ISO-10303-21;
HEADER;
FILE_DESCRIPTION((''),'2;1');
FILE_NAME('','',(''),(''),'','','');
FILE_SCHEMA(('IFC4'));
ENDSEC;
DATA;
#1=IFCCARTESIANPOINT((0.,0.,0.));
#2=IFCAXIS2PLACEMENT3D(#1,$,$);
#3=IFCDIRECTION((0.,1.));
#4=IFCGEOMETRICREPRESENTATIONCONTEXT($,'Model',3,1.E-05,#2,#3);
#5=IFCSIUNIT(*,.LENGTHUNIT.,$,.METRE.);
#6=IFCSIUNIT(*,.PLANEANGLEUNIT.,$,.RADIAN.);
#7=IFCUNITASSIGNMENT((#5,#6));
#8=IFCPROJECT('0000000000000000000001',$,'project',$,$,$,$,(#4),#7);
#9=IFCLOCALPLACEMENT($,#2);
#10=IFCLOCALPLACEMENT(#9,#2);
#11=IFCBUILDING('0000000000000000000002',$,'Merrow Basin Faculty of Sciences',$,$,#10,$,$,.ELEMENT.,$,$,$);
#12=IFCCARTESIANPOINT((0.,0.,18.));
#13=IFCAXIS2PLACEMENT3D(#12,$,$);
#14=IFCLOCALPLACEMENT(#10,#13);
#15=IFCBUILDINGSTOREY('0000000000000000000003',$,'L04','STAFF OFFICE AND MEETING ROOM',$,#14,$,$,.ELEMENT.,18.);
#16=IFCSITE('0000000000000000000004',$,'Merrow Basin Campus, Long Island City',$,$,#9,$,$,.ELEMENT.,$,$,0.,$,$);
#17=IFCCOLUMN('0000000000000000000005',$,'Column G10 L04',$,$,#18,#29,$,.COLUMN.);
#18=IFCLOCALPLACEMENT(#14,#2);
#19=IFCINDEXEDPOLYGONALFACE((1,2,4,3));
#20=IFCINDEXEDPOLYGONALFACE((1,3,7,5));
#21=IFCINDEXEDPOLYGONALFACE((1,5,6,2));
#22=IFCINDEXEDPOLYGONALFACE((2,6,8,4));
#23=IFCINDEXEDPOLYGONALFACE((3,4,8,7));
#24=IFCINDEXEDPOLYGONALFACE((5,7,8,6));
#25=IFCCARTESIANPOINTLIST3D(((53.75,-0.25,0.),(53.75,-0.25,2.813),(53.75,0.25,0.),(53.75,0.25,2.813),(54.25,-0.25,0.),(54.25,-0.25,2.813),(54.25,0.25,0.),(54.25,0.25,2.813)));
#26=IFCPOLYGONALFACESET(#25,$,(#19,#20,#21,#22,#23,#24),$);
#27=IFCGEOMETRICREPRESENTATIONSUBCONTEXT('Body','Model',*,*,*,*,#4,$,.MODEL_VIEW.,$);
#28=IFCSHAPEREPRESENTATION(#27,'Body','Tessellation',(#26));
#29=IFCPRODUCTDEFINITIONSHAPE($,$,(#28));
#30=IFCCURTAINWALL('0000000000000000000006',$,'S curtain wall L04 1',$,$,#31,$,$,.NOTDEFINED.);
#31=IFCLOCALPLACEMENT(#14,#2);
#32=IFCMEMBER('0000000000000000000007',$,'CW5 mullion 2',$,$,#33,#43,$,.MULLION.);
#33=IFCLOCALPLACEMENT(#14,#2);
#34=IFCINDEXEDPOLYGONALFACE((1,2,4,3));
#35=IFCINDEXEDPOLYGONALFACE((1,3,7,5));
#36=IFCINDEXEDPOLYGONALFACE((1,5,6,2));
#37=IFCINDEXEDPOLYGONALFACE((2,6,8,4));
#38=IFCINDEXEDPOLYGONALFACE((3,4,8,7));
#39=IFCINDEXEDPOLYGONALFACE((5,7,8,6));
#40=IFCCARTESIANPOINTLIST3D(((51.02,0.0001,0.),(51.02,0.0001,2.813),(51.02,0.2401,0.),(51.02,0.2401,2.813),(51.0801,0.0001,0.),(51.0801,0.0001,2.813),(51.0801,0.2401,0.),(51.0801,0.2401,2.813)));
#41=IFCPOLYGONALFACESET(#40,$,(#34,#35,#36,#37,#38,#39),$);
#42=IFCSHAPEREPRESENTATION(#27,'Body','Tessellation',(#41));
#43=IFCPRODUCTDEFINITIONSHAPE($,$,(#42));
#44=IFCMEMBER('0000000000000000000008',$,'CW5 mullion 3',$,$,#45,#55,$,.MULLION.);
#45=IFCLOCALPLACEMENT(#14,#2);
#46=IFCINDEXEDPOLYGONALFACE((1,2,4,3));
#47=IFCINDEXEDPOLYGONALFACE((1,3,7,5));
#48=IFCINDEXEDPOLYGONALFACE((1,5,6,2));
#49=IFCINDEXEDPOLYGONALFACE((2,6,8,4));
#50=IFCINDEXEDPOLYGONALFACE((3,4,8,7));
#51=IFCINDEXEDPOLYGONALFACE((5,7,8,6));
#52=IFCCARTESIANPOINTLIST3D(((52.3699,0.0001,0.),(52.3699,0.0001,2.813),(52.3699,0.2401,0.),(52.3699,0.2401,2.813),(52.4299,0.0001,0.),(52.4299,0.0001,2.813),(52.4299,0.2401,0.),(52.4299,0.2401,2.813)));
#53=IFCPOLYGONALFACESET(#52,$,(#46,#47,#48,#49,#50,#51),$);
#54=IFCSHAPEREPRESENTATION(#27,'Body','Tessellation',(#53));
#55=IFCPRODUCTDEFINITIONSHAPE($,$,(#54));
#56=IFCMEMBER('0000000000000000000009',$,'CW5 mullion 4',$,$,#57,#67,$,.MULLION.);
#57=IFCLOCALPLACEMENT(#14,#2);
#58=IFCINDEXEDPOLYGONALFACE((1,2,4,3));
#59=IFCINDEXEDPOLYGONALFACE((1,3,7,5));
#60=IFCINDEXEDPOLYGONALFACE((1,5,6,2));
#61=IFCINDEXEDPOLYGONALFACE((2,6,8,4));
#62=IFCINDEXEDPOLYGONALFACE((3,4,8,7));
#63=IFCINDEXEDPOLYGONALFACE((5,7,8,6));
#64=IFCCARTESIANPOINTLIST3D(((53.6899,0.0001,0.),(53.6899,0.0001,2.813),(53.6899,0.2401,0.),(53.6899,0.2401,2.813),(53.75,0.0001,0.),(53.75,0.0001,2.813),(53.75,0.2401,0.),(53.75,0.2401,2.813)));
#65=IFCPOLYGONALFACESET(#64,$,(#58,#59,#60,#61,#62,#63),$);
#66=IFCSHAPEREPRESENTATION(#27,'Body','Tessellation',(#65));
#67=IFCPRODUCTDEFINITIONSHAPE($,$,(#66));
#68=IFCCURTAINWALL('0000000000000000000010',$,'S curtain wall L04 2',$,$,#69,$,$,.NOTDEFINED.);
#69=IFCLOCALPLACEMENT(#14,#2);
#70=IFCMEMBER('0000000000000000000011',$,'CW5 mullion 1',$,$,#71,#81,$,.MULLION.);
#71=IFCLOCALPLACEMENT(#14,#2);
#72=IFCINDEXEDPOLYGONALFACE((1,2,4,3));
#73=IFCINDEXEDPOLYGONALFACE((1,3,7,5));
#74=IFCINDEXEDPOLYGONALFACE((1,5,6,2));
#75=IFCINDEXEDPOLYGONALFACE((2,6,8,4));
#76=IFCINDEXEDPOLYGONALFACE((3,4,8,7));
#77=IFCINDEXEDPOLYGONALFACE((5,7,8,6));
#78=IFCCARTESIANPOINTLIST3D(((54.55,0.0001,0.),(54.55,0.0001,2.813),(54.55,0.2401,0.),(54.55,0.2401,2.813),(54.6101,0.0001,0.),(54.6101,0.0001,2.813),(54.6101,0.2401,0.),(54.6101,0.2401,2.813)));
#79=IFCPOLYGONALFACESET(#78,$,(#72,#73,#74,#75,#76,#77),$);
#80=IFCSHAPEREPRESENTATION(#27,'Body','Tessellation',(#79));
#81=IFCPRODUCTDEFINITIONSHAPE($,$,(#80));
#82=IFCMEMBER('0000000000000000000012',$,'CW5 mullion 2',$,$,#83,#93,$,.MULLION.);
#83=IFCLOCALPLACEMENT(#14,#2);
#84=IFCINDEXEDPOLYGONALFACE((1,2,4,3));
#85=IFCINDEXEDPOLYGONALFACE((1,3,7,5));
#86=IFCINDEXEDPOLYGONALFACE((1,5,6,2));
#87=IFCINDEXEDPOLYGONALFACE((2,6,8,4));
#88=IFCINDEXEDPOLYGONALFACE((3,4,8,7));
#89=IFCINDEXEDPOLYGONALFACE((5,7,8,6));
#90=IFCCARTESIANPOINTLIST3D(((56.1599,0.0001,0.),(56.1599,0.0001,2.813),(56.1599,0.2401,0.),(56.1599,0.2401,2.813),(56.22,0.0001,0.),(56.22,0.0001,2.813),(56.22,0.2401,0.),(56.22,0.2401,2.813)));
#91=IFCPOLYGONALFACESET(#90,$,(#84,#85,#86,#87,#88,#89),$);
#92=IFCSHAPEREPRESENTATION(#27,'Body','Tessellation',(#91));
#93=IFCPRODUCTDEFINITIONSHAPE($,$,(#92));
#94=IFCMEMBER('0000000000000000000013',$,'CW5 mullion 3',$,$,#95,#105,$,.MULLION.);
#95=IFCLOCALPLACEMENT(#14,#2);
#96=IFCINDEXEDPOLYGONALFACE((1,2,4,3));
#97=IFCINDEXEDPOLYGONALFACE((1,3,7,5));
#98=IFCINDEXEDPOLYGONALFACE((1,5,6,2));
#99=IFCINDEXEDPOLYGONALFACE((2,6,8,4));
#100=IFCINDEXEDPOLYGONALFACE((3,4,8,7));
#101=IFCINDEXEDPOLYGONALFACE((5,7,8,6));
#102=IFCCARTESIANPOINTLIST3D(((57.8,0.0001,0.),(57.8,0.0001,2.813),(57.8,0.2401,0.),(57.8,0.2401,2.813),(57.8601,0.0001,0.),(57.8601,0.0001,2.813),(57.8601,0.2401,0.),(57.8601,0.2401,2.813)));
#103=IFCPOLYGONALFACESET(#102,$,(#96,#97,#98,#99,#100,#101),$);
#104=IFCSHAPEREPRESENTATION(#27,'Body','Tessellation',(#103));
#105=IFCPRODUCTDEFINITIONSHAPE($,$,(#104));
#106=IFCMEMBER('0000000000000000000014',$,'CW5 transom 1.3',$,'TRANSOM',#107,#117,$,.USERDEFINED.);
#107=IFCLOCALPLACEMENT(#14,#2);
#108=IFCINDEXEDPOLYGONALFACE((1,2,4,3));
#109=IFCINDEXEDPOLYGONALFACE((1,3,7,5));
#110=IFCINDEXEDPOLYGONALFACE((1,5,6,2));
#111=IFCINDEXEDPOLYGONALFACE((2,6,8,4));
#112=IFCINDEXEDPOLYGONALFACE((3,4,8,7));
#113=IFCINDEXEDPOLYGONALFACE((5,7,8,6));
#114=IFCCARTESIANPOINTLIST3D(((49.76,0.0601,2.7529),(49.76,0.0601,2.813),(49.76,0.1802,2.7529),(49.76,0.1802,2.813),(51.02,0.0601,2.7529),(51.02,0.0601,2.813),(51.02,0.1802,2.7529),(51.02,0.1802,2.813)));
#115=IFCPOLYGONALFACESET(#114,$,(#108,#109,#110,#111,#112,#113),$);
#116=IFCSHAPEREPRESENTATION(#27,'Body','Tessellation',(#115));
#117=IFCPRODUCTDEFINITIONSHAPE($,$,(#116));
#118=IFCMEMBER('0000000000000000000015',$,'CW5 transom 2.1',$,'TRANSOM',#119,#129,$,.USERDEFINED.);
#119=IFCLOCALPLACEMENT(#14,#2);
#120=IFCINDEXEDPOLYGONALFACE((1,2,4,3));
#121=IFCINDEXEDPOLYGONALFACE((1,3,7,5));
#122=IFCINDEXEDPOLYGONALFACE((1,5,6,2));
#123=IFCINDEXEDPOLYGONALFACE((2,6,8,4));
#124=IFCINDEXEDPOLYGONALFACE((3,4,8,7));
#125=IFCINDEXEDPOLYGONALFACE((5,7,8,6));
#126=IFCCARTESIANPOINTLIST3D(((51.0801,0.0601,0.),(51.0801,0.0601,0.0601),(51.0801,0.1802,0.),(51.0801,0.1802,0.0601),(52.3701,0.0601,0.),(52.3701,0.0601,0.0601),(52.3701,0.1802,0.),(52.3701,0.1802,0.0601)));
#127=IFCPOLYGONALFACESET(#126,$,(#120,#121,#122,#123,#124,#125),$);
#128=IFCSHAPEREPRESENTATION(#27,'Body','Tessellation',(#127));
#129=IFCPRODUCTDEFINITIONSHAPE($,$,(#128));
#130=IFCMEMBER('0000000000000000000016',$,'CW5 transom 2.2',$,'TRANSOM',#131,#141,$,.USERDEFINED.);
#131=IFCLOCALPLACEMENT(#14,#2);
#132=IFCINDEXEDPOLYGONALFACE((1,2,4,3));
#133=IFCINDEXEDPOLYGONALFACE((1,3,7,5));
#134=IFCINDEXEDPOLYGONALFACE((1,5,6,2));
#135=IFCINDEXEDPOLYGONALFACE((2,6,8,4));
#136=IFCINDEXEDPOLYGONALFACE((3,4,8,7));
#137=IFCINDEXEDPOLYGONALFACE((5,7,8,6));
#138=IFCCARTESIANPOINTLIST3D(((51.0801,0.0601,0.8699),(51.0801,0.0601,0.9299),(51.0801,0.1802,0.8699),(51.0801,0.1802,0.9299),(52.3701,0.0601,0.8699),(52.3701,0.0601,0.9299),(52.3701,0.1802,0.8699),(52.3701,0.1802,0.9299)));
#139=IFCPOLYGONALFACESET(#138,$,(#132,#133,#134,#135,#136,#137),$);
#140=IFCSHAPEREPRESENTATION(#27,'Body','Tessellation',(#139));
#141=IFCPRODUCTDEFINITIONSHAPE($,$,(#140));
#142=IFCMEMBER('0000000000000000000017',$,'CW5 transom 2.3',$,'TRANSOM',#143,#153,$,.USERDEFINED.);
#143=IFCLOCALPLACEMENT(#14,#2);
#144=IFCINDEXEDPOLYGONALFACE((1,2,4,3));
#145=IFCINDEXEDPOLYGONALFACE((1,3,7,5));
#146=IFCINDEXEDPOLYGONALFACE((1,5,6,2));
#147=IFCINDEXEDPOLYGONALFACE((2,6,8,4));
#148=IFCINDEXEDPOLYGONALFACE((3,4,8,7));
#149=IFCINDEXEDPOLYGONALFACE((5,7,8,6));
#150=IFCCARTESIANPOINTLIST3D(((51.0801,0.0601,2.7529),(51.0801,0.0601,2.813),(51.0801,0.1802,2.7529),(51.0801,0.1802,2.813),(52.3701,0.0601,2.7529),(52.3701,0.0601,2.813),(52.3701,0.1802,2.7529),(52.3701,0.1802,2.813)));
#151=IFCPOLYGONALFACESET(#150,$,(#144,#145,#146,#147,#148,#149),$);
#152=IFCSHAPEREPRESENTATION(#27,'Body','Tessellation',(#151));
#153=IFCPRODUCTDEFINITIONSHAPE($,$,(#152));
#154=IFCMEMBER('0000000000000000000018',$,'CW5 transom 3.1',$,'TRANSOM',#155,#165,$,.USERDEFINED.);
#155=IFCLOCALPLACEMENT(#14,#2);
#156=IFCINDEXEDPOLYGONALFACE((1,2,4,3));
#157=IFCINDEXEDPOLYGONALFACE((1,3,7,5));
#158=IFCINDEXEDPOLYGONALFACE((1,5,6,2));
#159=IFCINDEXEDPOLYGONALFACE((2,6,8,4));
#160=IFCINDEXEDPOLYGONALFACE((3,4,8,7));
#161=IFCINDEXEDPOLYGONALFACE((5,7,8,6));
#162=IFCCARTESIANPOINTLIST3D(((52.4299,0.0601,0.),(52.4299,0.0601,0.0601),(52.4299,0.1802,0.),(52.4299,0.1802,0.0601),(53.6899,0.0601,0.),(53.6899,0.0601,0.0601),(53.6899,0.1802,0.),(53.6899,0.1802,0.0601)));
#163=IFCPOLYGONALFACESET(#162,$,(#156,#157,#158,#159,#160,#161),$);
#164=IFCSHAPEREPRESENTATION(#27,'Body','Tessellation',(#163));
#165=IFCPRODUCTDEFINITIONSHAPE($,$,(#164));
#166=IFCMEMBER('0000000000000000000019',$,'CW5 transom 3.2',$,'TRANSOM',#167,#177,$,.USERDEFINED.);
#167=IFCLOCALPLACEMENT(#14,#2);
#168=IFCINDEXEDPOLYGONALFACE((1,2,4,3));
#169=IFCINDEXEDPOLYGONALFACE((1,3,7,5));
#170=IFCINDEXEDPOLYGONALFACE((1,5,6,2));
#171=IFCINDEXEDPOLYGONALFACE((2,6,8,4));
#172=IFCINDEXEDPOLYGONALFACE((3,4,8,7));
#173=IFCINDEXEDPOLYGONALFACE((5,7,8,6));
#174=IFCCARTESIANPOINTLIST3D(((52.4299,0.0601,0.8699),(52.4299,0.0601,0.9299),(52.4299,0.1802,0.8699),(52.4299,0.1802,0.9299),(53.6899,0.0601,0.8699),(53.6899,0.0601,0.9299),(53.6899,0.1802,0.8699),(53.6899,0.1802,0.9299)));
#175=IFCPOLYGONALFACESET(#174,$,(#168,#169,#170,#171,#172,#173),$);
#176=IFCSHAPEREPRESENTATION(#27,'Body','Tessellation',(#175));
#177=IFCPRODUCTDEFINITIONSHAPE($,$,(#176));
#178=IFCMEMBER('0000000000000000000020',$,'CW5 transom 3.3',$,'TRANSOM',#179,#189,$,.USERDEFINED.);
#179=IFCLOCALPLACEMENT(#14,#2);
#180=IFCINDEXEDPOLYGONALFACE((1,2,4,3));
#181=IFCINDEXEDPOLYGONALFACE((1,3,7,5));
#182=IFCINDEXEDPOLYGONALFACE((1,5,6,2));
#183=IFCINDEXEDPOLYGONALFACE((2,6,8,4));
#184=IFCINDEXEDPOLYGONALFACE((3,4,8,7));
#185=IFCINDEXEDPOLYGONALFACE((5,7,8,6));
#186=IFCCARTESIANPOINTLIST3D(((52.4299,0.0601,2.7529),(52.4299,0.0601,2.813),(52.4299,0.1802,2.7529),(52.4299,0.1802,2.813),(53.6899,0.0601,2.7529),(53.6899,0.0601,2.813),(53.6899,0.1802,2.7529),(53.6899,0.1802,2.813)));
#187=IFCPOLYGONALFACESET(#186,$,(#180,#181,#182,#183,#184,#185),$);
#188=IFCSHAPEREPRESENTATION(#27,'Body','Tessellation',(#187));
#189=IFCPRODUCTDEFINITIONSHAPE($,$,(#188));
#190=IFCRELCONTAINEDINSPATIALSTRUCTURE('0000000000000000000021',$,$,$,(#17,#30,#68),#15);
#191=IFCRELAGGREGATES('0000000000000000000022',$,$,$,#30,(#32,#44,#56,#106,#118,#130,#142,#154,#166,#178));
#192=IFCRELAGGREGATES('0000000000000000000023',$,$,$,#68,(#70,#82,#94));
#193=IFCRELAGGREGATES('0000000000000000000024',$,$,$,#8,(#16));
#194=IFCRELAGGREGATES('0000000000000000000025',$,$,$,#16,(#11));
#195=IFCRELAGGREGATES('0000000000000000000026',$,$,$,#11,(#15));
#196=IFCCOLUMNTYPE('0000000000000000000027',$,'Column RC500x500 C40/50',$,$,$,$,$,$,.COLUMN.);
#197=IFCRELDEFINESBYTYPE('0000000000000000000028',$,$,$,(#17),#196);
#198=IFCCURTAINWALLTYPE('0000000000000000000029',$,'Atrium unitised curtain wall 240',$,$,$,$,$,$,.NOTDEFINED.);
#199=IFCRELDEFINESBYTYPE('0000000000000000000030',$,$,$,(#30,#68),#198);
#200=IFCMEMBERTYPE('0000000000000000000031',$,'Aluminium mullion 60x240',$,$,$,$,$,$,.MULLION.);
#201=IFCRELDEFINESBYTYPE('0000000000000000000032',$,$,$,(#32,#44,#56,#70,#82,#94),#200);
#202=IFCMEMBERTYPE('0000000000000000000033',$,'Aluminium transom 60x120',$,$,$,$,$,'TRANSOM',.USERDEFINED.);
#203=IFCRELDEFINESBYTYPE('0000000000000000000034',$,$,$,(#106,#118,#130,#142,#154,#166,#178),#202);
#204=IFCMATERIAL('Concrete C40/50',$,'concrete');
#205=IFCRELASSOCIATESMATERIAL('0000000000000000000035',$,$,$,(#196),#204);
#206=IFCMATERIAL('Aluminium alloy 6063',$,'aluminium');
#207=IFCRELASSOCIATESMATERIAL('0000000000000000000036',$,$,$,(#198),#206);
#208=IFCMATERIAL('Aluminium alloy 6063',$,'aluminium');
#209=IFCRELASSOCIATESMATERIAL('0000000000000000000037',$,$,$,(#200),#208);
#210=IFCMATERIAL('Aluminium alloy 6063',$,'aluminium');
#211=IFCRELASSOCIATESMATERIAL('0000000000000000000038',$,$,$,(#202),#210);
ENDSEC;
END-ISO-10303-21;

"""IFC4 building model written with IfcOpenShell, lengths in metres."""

from ifc_helpers import new_model, si_unit, direction, frame, origin, origin_2d, place, context, subcontext, project, spatial, rectangle, extrude, material, material_profile, profile_set, type_object, element, aggregate, save


model = new_model("IFC4")

# Units and contexts
model_context = context("Model", 3, precision=1e-05, world=origin(), true_north=direction((0.0, 1.0)))
body_context = subcontext(model_context, "Body", "Model", "MODEL_VIEW")
ifc_project = project(units=[si_unit("LENGTHUNIT", "METRE"), si_unit("PLANEANGLEUNIT", "RADIAN")], contexts=[model_context])

# Site, building, storey
site_placement = place(None, origin())
site = spatial("IfcSite", under=ifc_project, at=site_placement, Name="Merrow Basin Campus, Long Island City", CompositionType="ELEMENT", RefElevation=0.0)
building_placement = place(site_placement, origin())
building = spatial("IfcBuilding", under=site, at=building_placement, Name="Merrow Basin Faculty of Sciences", CompositionType="ELEMENT")
storey_placement = place(building_placement, frame((0.0, 0.0, 18.0)))
storey = spatial("IfcBuildingStorey", under=building, at=storey_placement, Name="L04", Description="STAFF OFFICE AND MEETING ROOM", CompositionType="ELEMENT", Elevation=18.0)

# Column
ifc_material_1 = material(Name="Concrete C40/50", Category="concrete")
ifc_material_profile_1 = material_profile(ifc_material_1, rectangle(XDim=0.5, YDim=0.5, at=origin_2d()))
ifc_profile_set_1 = profile_set([ifc_material_profile_1], Name="Concrete C40/50")
column_type = type_object("IfcColumnType", Name="Column RC500x500 C40/50", PredefinedType="COLUMN", material=ifc_profile_set_1)
column_placement = place(storey_placement, frame((54.0, 0.0, 0.0), z_axis=(0.0, 0.0, 1.0), x_axis=(1.0, 0.0, 0.0)))
element("IfcColumn", 1, at=column_placement, inside=storey, type_object=column_type, Name="Column G10 L04", PredefinedType="COLUMN", context=body_context, shape_type="SweptSolid", body=[
    extrude(rectangle(XDim=0.5, YDim=0.5, at=origin_2d()), origin(), (0.0, 0.0, 1.0), 2.813),
])

# Curtain walls, members
ifc_material_2 = material(Name="Aluminium alloy 6063", Category="aluminium")
curtain_wall_type = type_object("IfcCurtainWallType", Name="Atrium unitised curtain wall 240", PredefinedType="NOTDEFINED", material=ifc_material_2)
curtain_wall_1_placement = place(storey_placement, origin())
curtain_wall_1 = element("IfcCurtainWall", 2, at=curtain_wall_1_placement, inside=storey, type_object=curtain_wall_type, Name="S curtain wall L04 1", PredefinedType="NOTDEFINED")
ifc_material_3 = material(Name="Aluminium alloy 6063", Category="aluminium")
ifc_material_profile_2 = material_profile(ifc_material_3, rectangle(XDim=0.24, YDim=0.0601, at=origin_2d()))
ifc_profile_set_2 = profile_set([ifc_material_profile_2], Name="Aluminium alloy 6063")
member_type_1 = type_object("IfcMemberType", Name="Aluminium mullion 60x240", PredefinedType="MULLION", material=ifc_profile_set_2)
member_1_placement = place(storey_placement, frame((51.05, 0.1201, 0.0), z_axis=(0.0, 0.0, 1.0), x_axis=(0.0, 1.0, 0.0)))
member_1 = element("IfcMember", 3, at=member_1_placement, type_object=member_type_1, Name="CW5 mullion 2", PredefinedType="MULLION", context=body_context, shape_type="SweptSolid", body=[
    extrude(rectangle(XDim=0.24, YDim=0.0601, at=origin_2d()), origin(), (0.0, 0.0, 1.0), 2.813),
])
member_2_placement = place(storey_placement, frame((52.3999, 0.1201, 0.0), z_axis=(0.0, 0.0, 1.0), x_axis=(0.0, 1.0, 0.0)))
member_2 = element("IfcMember", 4, at=member_2_placement, type_object=member_type_1, Name="CW5 mullion 3", PredefinedType="MULLION", context=body_context, shape_type="SweptSolid", body=[
    extrude(rectangle(XDim=0.24, YDim=0.0601, at=origin_2d()), origin(), (0.0, 0.0, 1.0), 2.813),
])
member_3_placement = place(storey_placement, frame((53.72, 0.1201, 0.0), z_axis=(0.0, 0.0, 1.0), x_axis=(0.0, 1.0, 0.0)))
member_3 = element("IfcMember", 5, at=member_3_placement, type_object=member_type_1, Name="CW5 mullion 4", PredefinedType="MULLION", context=body_context, shape_type="SweptSolid", body=[
    extrude(rectangle(XDim=0.24, YDim=0.0601, at=origin_2d()), origin(), (0.0, 0.0, 1.0), 2.813),
])
curtain_wall_2_placement = place(storey_placement, origin())
curtain_wall_2 = element("IfcCurtainWall", 6, at=curtain_wall_2_placement, inside=storey, type_object=curtain_wall_type, Name="S curtain wall L04 2", PredefinedType="NOTDEFINED")
member_4_placement = place(storey_placement, frame((54.5801, 0.1201, 0.0), z_axis=(0.0, 0.0, 1.0), x_axis=(0.0, 1.0, 0.0)))
member_4 = element("IfcMember", 7, at=member_4_placement, type_object=member_type_1, Name="CW5 mullion 1", PredefinedType="MULLION", context=body_context, shape_type="SweptSolid", body=[
    extrude(rectangle(XDim=0.24, YDim=0.0601, at=origin_2d()), origin(), (0.0, 0.0, 1.0), 2.813),
])
member_5_placement = place(storey_placement, frame((56.1899, 0.1201, 0.0), z_axis=(0.0, 0.0, 1.0), x_axis=(0.0, 1.0, 0.0)))
member_5 = element("IfcMember", 8, at=member_5_placement, type_object=member_type_1, Name="CW5 mullion 2", PredefinedType="MULLION", context=body_context, shape_type="SweptSolid", body=[
    extrude(rectangle(XDim=0.24, YDim=0.0601, at=origin_2d()), origin(), (0.0, 0.0, 1.0), 2.813),
])
member_6_placement = place(storey_placement, frame((57.8301, 0.1201, 0.0), z_axis=(0.0, 0.0, 1.0), x_axis=(0.0, 1.0, 0.0)))
member_6 = element("IfcMember", 9, at=member_6_placement, type_object=member_type_1, Name="CW5 mullion 3", PredefinedType="MULLION", context=body_context, shape_type="SweptSolid", body=[
    extrude(rectangle(XDim=0.24, YDim=0.0601, at=origin_2d()), origin(), (0.0, 0.0, 1.0), 2.813),
])

# Members
ifc_material_4 = material(Name="Aluminium alloy 6063", Category="aluminium")
ifc_material_profile_3 = material_profile(ifc_material_4, rectangle(XDim=0.1201, YDim=0.0601, at=origin_2d()))
ifc_profile_set_3 = profile_set([ifc_material_profile_3], Name="Aluminium alloy 6063")
member_type_2 = type_object("IfcMemberType", Name="Aluminium transom 60x120", ElementType="TRANSOM", PredefinedType="USERDEFINED", material=ifc_profile_set_3)
member_7_placement = place(storey_placement, frame((49.76, 0.1201, 2.783), z_axis=(1.0, 0.0, 0.0), x_axis=(0.0, 1.0, 0.0)))
member_7 = element("IfcMember", 10, at=member_7_placement, type_object=member_type_2, Name="CW5 transom 1.3", ObjectType="TRANSOM", PredefinedType="USERDEFINED", context=body_context, shape_type="SweptSolid", body=[
    extrude(rectangle(XDim=0.1201, YDim=0.0601, at=origin_2d()), origin(), (0.0, 0.0, 1.0), 1.26),
])
member_8_placement = place(storey_placement, frame((51.0801, 0.1201, 0.03), z_axis=(1.0, 0.0, 0.0), x_axis=(0.0, 1.0, 0.0)))
member_8 = element("IfcMember", 11, at=member_8_placement, type_object=member_type_2, Name="CW5 transom 2.1", ObjectType="TRANSOM", PredefinedType="USERDEFINED", context=body_context, shape_type="SweptSolid", body=[
    extrude(rectangle(XDim=0.1201, YDim=0.0601, at=origin_2d()), origin(), (0.0, 0.0, 1.0), 1.29),
])
member_9_placement = place(storey_placement, frame((51.0801, 0.1201, 0.8999), z_axis=(1.0, 0.0, 0.0), x_axis=(0.0, 1.0, 0.0)))
member_9 = element("IfcMember", 12, at=member_9_placement, type_object=member_type_2, Name="CW5 transom 2.2", ObjectType="TRANSOM", PredefinedType="USERDEFINED", context=body_context, shape_type="SweptSolid", body=[
    extrude(rectangle(XDim=0.1201, YDim=0.0601, at=origin_2d()), origin(), (0.0, 0.0, 1.0), 1.29),
])
member_10_placement = place(storey_placement, frame((51.0801, 0.1201, 2.783), z_axis=(1.0, 0.0, 0.0), x_axis=(0.0, 1.0, 0.0)))
member_10 = element("IfcMember", 13, at=member_10_placement, type_object=member_type_2, Name="CW5 transom 2.3", ObjectType="TRANSOM", PredefinedType="USERDEFINED", context=body_context, shape_type="SweptSolid", body=[
    extrude(rectangle(XDim=0.1201, YDim=0.0601, at=origin_2d()), origin(), (0.0, 0.0, 1.0), 1.29),
])
member_11_placement = place(storey_placement, frame((52.4299, 0.1201, 0.03), z_axis=(1.0, 0.0, 0.0), x_axis=(0.0, 1.0, 0.0)))
member_11 = element("IfcMember", 14, at=member_11_placement, type_object=member_type_2, Name="CW5 transom 3.1", ObjectType="TRANSOM", PredefinedType="USERDEFINED", context=body_context, shape_type="SweptSolid", body=[
    extrude(rectangle(XDim=0.1201, YDim=0.0601, at=origin_2d()), origin(), (0.0, 0.0, 1.0), 1.26),
])
member_12_placement = place(storey_placement, frame((52.4299, 0.1201, 0.8999), z_axis=(1.0, 0.0, 0.0), x_axis=(0.0, 1.0, 0.0)))
member_12 = element("IfcMember", 15, at=member_12_placement, type_object=member_type_2, Name="CW5 transom 3.2", ObjectType="TRANSOM", PredefinedType="USERDEFINED", context=body_context, shape_type="SweptSolid", body=[
    extrude(rectangle(XDim=0.1201, YDim=0.0601, at=origin_2d()), origin(), (0.0, 0.0, 1.0), 1.26),
])
member_13_placement = place(storey_placement, frame((52.4299, 0.1201, 2.783), z_axis=(1.0, 0.0, 0.0), x_axis=(0.0, 1.0, 0.0)))
member_13 = element("IfcMember", 16, at=member_13_placement, type_object=member_type_2, Name="CW5 transom 3.3", ObjectType="TRANSOM", PredefinedType="USERDEFINED", context=body_context, shape_type="SweptSolid", body=[
    extrude(rectangle(XDim=0.1201, YDim=0.0601, at=origin_2d()), origin(), (0.0, 0.0, 1.0), 1.26),
])

aggregate(curtain_wall_1, [member_1, member_2, member_3, member_7, member_8, member_9, member_10, member_11, member_12, member_13])
aggregate(curtain_wall_2, [member_4, member_5, member_6])

save(model, "model.ifc")
